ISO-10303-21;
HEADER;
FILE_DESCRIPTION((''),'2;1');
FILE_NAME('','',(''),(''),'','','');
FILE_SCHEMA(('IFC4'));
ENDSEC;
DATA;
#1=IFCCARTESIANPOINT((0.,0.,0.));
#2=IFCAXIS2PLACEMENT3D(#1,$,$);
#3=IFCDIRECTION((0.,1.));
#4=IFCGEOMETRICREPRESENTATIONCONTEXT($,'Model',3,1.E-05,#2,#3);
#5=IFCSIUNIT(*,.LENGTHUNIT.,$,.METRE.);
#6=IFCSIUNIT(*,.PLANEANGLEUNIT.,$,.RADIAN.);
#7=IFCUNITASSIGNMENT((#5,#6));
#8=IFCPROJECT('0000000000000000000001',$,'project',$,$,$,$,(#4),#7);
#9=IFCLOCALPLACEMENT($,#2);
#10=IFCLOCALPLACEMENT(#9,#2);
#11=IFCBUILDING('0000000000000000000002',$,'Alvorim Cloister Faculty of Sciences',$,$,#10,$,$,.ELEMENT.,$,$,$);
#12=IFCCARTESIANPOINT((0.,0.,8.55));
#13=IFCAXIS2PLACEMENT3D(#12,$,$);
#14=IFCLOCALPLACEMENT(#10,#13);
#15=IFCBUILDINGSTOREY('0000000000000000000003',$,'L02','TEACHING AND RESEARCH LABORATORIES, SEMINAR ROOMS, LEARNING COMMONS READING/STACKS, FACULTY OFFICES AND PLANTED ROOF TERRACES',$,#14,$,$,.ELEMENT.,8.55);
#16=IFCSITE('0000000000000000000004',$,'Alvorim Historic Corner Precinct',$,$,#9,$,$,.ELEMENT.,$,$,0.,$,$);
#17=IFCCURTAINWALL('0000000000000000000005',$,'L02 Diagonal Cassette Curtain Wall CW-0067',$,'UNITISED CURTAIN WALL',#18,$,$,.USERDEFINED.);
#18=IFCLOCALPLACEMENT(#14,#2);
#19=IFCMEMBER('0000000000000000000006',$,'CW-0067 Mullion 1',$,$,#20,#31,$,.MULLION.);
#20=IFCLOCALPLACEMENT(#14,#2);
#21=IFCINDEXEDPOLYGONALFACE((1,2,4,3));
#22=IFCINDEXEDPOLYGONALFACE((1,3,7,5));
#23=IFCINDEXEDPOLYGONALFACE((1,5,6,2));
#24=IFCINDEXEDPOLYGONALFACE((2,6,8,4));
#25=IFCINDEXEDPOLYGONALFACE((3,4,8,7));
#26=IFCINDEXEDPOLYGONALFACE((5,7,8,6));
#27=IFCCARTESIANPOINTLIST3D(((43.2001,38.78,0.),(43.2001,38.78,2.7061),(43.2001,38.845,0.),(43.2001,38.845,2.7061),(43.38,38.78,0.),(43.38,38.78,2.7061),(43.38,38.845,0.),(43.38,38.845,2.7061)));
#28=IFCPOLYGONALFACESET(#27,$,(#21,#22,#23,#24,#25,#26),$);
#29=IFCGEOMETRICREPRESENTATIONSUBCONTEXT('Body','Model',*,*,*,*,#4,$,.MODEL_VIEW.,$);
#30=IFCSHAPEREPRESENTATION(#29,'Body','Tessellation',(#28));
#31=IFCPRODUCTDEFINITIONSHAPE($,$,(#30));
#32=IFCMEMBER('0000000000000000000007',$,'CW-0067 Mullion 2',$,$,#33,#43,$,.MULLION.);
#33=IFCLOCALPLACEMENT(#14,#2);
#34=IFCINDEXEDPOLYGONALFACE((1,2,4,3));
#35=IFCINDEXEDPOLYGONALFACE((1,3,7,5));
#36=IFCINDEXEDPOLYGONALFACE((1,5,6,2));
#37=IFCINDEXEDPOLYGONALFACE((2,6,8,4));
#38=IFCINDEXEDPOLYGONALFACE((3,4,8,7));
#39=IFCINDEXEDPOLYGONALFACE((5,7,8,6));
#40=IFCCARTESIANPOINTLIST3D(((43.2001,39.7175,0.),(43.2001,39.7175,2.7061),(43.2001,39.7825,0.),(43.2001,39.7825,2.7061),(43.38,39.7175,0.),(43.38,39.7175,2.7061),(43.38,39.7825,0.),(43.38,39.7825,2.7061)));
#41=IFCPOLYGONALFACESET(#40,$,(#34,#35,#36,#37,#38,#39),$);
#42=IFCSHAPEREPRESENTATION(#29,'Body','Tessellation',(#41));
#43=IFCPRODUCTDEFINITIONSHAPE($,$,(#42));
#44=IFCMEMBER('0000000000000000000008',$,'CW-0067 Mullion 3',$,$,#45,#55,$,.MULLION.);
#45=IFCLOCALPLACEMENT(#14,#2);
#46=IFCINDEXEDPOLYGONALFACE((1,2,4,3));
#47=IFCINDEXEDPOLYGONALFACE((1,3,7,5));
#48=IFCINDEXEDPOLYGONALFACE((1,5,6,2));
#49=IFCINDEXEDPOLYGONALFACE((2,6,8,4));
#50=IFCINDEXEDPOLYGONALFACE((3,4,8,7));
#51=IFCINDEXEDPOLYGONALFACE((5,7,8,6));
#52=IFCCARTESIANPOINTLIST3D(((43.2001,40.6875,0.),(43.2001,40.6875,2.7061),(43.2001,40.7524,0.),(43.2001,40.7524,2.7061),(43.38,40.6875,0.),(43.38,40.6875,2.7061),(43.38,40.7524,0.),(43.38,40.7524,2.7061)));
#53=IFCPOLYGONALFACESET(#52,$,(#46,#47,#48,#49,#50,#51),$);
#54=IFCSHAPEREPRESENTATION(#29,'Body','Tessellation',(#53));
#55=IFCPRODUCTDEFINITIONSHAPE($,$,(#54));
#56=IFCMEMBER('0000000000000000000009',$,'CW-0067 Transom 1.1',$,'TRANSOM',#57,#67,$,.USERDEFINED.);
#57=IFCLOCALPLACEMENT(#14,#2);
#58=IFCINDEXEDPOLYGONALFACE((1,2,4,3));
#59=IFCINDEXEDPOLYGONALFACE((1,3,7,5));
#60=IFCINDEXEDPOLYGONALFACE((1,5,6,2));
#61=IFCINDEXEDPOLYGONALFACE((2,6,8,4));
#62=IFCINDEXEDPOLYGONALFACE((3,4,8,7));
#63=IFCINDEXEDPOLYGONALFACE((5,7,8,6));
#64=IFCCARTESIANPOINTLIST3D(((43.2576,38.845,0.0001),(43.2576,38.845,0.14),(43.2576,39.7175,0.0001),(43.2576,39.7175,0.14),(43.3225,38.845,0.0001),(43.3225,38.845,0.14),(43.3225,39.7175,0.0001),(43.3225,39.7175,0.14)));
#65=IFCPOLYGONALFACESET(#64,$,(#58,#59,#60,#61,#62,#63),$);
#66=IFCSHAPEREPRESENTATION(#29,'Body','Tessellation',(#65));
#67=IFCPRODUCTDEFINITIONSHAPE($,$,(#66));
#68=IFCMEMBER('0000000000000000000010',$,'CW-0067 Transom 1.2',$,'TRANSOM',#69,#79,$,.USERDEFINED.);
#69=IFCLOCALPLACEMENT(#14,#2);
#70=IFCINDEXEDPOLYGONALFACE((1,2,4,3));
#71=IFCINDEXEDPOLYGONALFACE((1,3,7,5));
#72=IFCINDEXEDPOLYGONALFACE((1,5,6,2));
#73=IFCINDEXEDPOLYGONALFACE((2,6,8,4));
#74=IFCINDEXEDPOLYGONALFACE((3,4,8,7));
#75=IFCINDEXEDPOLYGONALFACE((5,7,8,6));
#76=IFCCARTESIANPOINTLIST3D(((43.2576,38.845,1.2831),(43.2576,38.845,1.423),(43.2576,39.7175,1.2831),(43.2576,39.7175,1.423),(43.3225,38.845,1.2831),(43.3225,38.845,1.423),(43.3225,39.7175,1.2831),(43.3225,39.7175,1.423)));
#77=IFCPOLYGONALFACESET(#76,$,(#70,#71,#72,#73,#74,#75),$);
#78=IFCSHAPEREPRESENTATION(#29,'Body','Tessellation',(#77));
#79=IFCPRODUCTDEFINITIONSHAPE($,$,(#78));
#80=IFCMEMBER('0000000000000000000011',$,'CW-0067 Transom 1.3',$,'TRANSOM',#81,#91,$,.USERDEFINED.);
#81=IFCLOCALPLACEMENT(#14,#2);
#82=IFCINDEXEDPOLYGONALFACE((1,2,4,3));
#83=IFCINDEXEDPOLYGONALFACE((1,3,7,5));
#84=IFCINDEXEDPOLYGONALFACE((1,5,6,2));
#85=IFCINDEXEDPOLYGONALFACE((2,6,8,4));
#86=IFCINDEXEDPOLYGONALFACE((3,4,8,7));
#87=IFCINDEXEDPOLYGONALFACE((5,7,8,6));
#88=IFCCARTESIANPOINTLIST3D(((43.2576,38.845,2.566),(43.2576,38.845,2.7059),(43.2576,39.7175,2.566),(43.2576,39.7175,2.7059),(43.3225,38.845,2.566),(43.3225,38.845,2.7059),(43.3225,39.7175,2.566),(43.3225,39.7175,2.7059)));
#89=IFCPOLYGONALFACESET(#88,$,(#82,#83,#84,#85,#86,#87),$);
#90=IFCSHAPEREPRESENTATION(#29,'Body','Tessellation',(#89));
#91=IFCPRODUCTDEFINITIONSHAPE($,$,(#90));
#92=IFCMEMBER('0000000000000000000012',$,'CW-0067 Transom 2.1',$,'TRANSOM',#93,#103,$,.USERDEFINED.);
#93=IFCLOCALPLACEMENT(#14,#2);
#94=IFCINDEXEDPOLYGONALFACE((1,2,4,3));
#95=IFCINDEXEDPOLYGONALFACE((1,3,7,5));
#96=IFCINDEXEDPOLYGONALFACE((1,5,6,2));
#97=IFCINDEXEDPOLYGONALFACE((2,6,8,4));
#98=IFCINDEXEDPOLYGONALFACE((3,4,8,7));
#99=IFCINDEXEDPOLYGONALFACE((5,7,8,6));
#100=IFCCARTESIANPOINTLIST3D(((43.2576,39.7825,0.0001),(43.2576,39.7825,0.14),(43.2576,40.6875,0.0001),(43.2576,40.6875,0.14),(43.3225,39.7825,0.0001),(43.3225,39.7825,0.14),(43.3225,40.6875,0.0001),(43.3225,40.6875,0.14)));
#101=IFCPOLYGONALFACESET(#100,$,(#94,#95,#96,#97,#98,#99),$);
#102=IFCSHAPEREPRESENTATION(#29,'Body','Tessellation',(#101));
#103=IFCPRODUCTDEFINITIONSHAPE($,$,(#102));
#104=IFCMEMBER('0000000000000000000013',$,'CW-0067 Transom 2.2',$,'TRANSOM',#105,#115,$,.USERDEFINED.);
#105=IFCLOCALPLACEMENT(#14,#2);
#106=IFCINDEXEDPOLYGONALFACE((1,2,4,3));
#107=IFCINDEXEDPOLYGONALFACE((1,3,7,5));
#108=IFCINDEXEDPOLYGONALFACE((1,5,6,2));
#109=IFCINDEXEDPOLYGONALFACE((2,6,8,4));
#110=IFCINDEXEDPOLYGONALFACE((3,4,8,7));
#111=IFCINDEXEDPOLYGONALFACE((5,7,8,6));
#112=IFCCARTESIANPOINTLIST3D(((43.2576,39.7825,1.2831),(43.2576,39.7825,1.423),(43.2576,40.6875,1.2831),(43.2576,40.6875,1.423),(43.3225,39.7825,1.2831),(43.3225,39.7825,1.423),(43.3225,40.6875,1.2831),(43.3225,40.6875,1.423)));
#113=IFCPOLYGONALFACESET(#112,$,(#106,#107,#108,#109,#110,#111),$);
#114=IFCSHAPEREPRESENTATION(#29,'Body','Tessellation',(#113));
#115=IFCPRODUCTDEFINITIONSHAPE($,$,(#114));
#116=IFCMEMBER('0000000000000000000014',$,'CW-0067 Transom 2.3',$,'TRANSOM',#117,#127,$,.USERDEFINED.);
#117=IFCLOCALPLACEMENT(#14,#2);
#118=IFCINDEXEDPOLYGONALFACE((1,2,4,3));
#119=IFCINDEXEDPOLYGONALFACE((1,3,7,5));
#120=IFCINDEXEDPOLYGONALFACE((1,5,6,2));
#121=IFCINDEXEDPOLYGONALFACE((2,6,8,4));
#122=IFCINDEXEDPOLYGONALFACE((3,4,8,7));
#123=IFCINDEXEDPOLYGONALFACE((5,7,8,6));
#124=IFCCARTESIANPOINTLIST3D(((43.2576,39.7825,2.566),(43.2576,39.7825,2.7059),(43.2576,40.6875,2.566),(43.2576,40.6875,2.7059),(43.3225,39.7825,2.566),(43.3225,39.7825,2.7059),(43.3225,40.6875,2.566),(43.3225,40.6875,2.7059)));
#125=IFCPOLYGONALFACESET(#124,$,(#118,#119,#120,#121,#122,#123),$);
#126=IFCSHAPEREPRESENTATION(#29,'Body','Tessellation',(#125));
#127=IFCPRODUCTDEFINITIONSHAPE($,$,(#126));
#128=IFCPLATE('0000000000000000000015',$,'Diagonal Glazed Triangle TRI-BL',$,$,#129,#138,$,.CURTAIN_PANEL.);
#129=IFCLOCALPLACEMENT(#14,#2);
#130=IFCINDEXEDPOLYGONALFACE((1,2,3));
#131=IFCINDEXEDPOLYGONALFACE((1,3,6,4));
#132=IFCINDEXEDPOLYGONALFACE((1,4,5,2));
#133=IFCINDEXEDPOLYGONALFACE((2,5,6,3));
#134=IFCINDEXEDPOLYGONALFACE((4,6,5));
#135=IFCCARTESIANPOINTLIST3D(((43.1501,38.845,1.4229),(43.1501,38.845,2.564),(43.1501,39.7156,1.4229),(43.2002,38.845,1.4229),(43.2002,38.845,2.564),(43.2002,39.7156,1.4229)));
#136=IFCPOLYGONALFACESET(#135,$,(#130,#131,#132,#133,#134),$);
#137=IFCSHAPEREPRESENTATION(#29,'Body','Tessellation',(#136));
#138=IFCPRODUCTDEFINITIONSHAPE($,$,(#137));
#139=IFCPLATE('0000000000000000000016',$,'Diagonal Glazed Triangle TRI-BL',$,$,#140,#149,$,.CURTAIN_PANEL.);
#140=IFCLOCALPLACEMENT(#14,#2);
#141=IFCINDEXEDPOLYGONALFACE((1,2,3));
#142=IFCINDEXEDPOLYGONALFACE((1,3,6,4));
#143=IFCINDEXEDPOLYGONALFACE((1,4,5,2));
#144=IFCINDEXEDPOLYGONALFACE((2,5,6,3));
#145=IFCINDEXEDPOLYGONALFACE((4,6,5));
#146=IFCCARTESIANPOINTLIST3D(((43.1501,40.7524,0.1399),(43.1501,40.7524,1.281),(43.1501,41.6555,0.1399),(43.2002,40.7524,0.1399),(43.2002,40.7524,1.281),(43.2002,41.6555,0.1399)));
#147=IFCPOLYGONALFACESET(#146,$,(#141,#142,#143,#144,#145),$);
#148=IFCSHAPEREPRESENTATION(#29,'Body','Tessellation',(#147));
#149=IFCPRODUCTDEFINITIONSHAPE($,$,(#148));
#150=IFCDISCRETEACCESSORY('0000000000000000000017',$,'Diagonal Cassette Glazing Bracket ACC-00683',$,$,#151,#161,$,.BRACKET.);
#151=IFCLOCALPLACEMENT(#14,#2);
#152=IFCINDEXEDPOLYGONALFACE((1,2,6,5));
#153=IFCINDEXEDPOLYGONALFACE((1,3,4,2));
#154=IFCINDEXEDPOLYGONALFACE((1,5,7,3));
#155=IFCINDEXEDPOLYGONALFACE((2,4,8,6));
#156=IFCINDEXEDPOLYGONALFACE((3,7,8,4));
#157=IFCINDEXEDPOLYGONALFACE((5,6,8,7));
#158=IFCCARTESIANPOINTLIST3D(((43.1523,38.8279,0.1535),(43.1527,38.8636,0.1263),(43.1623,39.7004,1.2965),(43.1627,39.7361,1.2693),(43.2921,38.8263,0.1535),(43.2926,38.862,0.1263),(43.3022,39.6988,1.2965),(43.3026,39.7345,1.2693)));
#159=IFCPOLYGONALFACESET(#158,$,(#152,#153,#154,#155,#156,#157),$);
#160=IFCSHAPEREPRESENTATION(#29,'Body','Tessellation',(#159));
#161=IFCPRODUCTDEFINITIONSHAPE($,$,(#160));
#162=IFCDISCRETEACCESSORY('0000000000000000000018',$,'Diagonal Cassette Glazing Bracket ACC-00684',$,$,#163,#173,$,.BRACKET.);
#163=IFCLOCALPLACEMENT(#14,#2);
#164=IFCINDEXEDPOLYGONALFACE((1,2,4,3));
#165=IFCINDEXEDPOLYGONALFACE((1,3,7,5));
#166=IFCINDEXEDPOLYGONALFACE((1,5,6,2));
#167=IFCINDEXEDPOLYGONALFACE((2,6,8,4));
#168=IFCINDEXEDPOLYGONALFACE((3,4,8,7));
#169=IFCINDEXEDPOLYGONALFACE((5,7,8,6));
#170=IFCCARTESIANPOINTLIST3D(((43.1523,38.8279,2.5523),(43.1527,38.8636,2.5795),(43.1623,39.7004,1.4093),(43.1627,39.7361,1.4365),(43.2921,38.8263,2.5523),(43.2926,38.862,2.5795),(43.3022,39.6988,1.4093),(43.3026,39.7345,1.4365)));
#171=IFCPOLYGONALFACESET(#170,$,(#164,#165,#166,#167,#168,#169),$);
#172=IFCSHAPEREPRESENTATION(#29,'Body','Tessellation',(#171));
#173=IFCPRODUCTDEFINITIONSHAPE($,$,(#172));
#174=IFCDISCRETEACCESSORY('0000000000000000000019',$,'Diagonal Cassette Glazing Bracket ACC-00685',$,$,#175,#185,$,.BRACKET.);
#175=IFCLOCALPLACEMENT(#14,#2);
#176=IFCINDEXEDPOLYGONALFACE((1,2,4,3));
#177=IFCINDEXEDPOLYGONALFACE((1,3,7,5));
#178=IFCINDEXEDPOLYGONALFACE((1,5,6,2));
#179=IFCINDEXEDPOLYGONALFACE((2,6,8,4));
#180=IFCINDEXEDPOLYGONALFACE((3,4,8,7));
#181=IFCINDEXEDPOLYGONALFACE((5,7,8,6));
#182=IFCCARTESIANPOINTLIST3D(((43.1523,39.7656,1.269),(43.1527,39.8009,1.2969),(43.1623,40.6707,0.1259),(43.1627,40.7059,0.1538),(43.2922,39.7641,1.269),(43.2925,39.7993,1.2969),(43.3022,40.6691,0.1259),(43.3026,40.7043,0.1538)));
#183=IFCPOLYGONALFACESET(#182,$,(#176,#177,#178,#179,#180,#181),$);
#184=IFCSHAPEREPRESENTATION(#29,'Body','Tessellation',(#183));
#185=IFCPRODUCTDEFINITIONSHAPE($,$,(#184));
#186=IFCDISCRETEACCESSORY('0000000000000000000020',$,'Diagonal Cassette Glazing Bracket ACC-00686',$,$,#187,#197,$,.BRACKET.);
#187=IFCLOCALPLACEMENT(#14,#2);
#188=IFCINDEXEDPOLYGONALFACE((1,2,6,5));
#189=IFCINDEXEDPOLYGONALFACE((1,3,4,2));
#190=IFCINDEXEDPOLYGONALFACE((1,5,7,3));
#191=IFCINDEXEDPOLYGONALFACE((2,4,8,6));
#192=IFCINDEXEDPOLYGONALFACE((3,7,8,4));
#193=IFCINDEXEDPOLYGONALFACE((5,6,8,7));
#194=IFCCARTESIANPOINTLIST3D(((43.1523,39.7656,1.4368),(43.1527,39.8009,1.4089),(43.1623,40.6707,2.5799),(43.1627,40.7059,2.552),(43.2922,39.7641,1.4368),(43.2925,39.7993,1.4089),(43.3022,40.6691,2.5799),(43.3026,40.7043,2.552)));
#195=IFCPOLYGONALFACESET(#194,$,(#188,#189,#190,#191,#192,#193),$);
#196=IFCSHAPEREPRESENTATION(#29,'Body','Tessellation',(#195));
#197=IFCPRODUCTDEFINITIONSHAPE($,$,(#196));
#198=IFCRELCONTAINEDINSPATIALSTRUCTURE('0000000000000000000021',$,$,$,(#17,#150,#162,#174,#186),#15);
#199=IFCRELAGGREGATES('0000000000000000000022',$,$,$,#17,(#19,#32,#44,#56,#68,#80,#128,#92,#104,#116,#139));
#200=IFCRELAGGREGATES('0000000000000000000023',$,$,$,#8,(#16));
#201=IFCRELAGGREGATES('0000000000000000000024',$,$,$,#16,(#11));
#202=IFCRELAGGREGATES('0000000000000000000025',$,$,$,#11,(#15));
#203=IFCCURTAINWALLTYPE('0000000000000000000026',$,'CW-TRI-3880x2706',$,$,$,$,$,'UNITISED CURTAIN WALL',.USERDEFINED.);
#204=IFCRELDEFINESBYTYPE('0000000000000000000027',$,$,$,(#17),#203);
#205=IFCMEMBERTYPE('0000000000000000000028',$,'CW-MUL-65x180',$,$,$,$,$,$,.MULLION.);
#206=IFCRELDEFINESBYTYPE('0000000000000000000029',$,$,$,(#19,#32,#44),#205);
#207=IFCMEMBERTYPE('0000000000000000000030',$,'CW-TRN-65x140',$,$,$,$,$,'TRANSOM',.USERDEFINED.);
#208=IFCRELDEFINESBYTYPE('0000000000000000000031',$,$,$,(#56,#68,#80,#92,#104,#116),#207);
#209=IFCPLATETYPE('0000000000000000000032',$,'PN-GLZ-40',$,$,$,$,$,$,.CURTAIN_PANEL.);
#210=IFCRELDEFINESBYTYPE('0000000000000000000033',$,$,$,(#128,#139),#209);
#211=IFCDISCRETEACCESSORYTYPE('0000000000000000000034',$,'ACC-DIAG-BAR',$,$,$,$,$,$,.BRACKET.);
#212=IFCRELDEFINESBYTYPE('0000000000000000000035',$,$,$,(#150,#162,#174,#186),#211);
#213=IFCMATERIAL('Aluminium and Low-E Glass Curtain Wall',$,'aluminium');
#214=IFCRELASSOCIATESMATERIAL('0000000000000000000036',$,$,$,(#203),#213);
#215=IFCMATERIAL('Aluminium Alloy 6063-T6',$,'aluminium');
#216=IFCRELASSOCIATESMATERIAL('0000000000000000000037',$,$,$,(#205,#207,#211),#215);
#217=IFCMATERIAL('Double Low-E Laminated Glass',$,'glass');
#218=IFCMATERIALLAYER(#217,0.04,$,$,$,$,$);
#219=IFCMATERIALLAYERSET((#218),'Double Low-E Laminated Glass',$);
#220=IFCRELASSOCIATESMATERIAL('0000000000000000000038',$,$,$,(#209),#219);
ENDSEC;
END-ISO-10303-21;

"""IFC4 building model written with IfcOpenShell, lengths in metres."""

from ifc_helpers import new_model, si_unit, direction, frame, origin, origin_2d, place, context, subcontext, project, spatial, polyline, rectangle, outline, extrude, material, layer, layer_set, material_profile, profile_set, type_object, element, aggregate, save


model = new_model("IFC4")

# Units and contexts
model_context = context("Model", 3, precision=1e-05, world=origin(), true_north=direction((0.0, 1.0)))
body_context = subcontext(model_context, "Body", "Model", "MODEL_VIEW")
ifc_project = project(units=[si_unit("LENGTHUNIT", "METRE"), si_unit("PLANEANGLEUNIT", "RADIAN")], contexts=[model_context])

# Site, building, storey
site_placement = place(None, origin())
site = spatial("IfcSite", under=ifc_project, at=site_placement, Name="Alvorim Historic Corner Precinct", CompositionType="ELEMENT", RefElevation=0.0)
building_placement = place(site_placement, origin())
building = spatial("IfcBuilding", under=site, at=building_placement, Name="Alvorim Cloister Faculty of Sciences", CompositionType="ELEMENT")
storey_placement = place(building_placement, frame((0.0, 0.0, 8.55)))
storey = spatial("IfcBuildingStorey", under=building, at=storey_placement, Name="L02", Description="TEACHING AND RESEARCH LABORATORIES, SEMINAR ROOMS, LEARNING COMMONS READING/STACKS, FACULTY OFFICES AND PLANTED ROOF TERRACES", CompositionType="ELEMENT", Elevation=8.55)

# Curtain wall, members, plates
ifc_material_1 = material(Name="Aluminium and Low-E Glass Curtain Wall", Category="aluminium")
curtain_wall_type = type_object("IfcCurtainWallType", Name="CW-TRI-3880x2706", ElementType="UNITISED CURTAIN WALL", PredefinedType="USERDEFINED", material=ifc_material_1)
curtain_wall_placement = place(storey_placement, origin())
curtain_wall = element("IfcCurtainWall", 1, at=curtain_wall_placement, inside=storey, type_object=curtain_wall_type, Name="L02 Diagonal Cassette Curtain Wall CW-0067", ObjectType="UNITISED CURTAIN WALL", PredefinedType="USERDEFINED")
ifc_material_2 = material(Name="Aluminium Alloy 6063-T6", Category="aluminium")
ifc_material_profile_1 = material_profile(ifc_material_2, rectangle(XDim=0.0649, YDim=0.1799, at=origin_2d()), Name="ALU-MUL-65x180")
ifc_profile_set_1 = profile_set([ifc_material_profile_1], Name="Aluminium Alloy 6063-T6")
member_type_1 = type_object("IfcMemberType", Name="CW-MUL-65x180", PredefinedType="MULLION", material=ifc_profile_set_1)
member_1_placement = place(storey_placement, frame((43.29, 38.8125, 0.0), z_axis=(0.0, 0.0, 1.0), x_axis=(0.0, 1.0, 0.0)))
member_1 = element("IfcMember", 2, at=member_1_placement, type_object=member_type_1, Name="CW-0067 Mullion 1", PredefinedType="MULLION", context=body_context, shape_type="SweptSolid", body=[
    extrude(rectangle(XDim=0.0649, YDim=0.1799, at=origin_2d()), origin(), (0.0, 0.0, 1.0), 2.7061),
])
member_2_placement = place(storey_placement, frame((43.29, 39.75, 0.0), z_axis=(0.0, 0.0, 1.0), x_axis=(0.0, 1.0, 0.0)))
member_2 = element("IfcMember", 3, at=member_2_placement, type_object=member_type_1, Name="CW-0067 Mullion 2", PredefinedType="MULLION", context=body_context, shape_type="SweptSolid", body=[
    extrude(rectangle(XDim=0.0649, YDim=0.1799, at=origin_2d()), origin(), (0.0, 0.0, 1.0), 2.7061),
])
member_3_placement = place(storey_placement, frame((43.29, 40.72, 0.0), z_axis=(0.0, 0.0, 1.0), x_axis=(0.0, 1.0, 0.0)))
member_3 = element("IfcMember", 4, at=member_3_placement, type_object=member_type_1, Name="CW-0067 Mullion 3", PredefinedType="MULLION", context=body_context, shape_type="SweptSolid", body=[
    extrude(rectangle(XDim=0.0649, YDim=0.1799, at=origin_2d()), origin(), (0.0, 0.0, 1.0), 2.7061),
])
ifc_material_profile_2 = material_profile(ifc_material_2, rectangle(XDim=0.0649, YDim=0.1399, at=origin_2d()), Name="ALU-TRN-65x140")
ifc_profile_set_2 = profile_set([ifc_material_profile_2], Name="Aluminium Alloy 6063-T6")
member_type_2 = type_object("IfcMemberType", Name="CW-TRN-65x140", ElementType="TRANSOM", PredefinedType="USERDEFINED", material=ifc_profile_set_2)
member_4_placement = place(storey_placement, frame((43.29, 38.845, 0.0701), z_axis=(0.0, 1.0, 0.0), x_axis=(-1.0, 0.0, 0.0)))
member_4 = element("IfcMember", 5, at=member_4_placement, type_object=member_type_2, Name="CW-0067 Transom 1.1", ObjectType="TRANSOM", PredefinedType="USERDEFINED", context=body_context, shape_type="SweptSolid", body=[
    extrude(rectangle(XDim=0.0649, YDim=0.1399, at=origin_2d()), origin(), (0.0, 0.0, 1.0), 0.8726),
])
member_5_placement = place(storey_placement, frame((43.29, 38.845, 1.353), z_axis=(0.0, 1.0, 0.0), x_axis=(-1.0, 0.0, 0.0)))
member_5 = element("IfcMember", 6, at=member_5_placement, type_object=member_type_2, Name="CW-0067 Transom 1.2", ObjectType="TRANSOM", PredefinedType="USERDEFINED", context=body_context, shape_type="SweptSolid", body=[
    extrude(rectangle(XDim=0.0649, YDim=0.1399, at=origin_2d()), origin(), (0.0, 0.0, 1.0), 0.8726),
])
member_6_placement = place(storey_placement, frame((43.29, 38.845, 2.636), z_axis=(0.0, 1.0, 0.0), x_axis=(-1.0, 0.0, 0.0)))
member_6 = element("IfcMember", 7, at=member_6_placement, type_object=member_type_2, Name="CW-0067 Transom 1.3", ObjectType="TRANSOM", PredefinedType="USERDEFINED", context=body_context, shape_type="SweptSolid", body=[
    extrude(rectangle(XDim=0.0649, YDim=0.1399, at=origin_2d()), origin(), (0.0, 0.0, 1.0), 0.8726),
])
member_7_placement = place(storey_placement, frame((43.29, 39.7825, 0.0701), z_axis=(0.0, 1.0, 0.0), x_axis=(-1.0, 0.0, 0.0)))
member_7 = element("IfcMember", 8, at=member_7_placement, type_object=member_type_2, Name="CW-0067 Transom 2.1", ObjectType="TRANSOM", PredefinedType="USERDEFINED", context=body_context, shape_type="SweptSolid", body=[
    extrude(rectangle(XDim=0.0649, YDim=0.1399, at=origin_2d()), origin(), (0.0, 0.0, 1.0), 0.905),
])
member_8_placement = place(storey_placement, frame((43.29, 39.7825, 1.353), z_axis=(0.0, 1.0, 0.0), x_axis=(-1.0, 0.0, 0.0)))
member_8 = element("IfcMember", 9, at=member_8_placement, type_object=member_type_2, Name="CW-0067 Transom 2.2", ObjectType="TRANSOM", PredefinedType="USERDEFINED", context=body_context, shape_type="SweptSolid", body=[
    extrude(rectangle(XDim=0.0649, YDim=0.1399, at=origin_2d()), origin(), (0.0, 0.0, 1.0), 0.905),
])
member_9_placement = place(storey_placement, frame((43.29, 39.7825, 2.636), z_axis=(0.0, 1.0, 0.0), x_axis=(-1.0, 0.0, 0.0)))
member_9 = element("IfcMember", 10, at=member_9_placement, type_object=member_type_2, Name="CW-0067 Transom 2.3", ObjectType="TRANSOM", PredefinedType="USERDEFINED", context=body_context, shape_type="SweptSolid", body=[
    extrude(rectangle(XDim=0.0649, YDim=0.1399, at=origin_2d()), origin(), (0.0, 0.0, 1.0), 0.905),
])
ifc_material_3 = material(Name="Double Low-E Laminated Glass", Category="glass")
ifc_layer = layer(ifc_material_3, 0.04)
ifc_layer_set = layer_set([ifc_layer], Name="Double Low-E Laminated Glass")
plate_type = type_object("IfcPlateType", Name="PN-GLZ-40", PredefinedType="CURTAIN_PANEL", material=ifc_layer_set)
plate_1_placement = place(storey_placement, frame((43.175, 38.845, 1.4229), z_axis=(0.0, 0.0, 1.0), x_axis=(0.0, 1.0, 0.0)))
plate_1 = element("IfcPlate", 11, at=plate_1_placement, type_object=plate_type, Name="Diagonal Glazed Triangle TRI-BL", PredefinedType="CURTAIN_PANEL", context=body_context, shape_type="SweptSolid", body=[
    extrude(outline(polyline([(0.0, 0.0), (0.8706, 0.0), (0.0, 1.1411), (0.0, 0.0)])), frame((0.0, 0.0249, 0.0), z_axis=(0.0, -1.0, 0.0), x_axis=(1.0, 0.0, 0.0)), (0.0, 0.0, 1.0), 0.05),
])
plate_2_placement = place(storey_placement, frame((43.175, 40.7524, 0.1399), z_axis=(0.0, 0.0, 1.0), x_axis=(0.0, 1.0, 0.0)))
plate_2 = element("IfcPlate", 12, at=plate_2_placement, type_object=plate_type, Name="Diagonal Glazed Triangle TRI-BL", PredefinedType="CURTAIN_PANEL", context=body_context, shape_type="SweptSolid", body=[
    extrude(outline(polyline([(0.0, 0.0), (0.9031, 0.0), (0.0, 1.1411), (0.0, 0.0)])), frame((0.0, 0.0249, 0.0), z_axis=(0.0, -1.0, 0.0), x_axis=(1.0, 0.0, 0.0)), (0.0, 0.0, 1.0), 0.05),
])
aggregate(curtain_wall, [member_1, member_2, member_3, member_4, member_5, member_6, plate_1, member_7, member_8, member_9, plate_2])

# Discrete accessories
discrete_accessory_type = type_object("IfcDiscreteAccessoryType", Name="ACC-DIAG-BAR", PredefinedType="BRACKET", material=ifc_material_2)
for number, where, z_axis, x_axis, name in (
    (13, (43.2224, 38.845, 0.1399), (0.006961, 0.606755, 0.794859), (-0.999934, 0.011471, 0.0), "Diagonal Cassette Glazing Bracket ACC-00683"),
    (14, (43.2224, 38.845, 2.5659), (0.006961, 0.606755, -0.794859), (-0.999934, 0.011471, 0.0), "Diagonal Cassette Glazing Bracket ACC-00684"),
):
    element("IfcDiscreteAccessory", number, at=place(storey_placement, frame(where, z_axis=z_axis, x_axis=x_axis)), inside=storey, type_object=discrete_accessory_type, Name=name, PredefinedType="BRACKET", context=body_context, shape_type="SweptSolid", body=[
        extrude(rectangle(XDim=0.1399, YDim=0.0449, at=origin_2d()), origin(), (0.0, 0.0, 1.0), 1.438),
    ])
for number, where, z_axis, x_axis, name in (
    (15, (43.2224, 39.7825, 1.283), (0.006865, 0.620731, -0.783993), (-0.999939, 0.011059, 0.0), "Diagonal Cassette Glazing Bracket ACC-00685"),
    (16, (43.2224, 39.7825, 1.4229), (0.006865, 0.620731, 0.783993), (-0.999939, 0.011059, 0.0), "Diagonal Cassette Glazing Bracket ACC-00686"),
):
    element("IfcDiscreteAccessory", number, at=place(storey_placement, frame(where, z_axis=z_axis, x_axis=x_axis)), inside=storey, type_object=discrete_accessory_type, Name=name, PredefinedType="BRACKET", context=body_context, shape_type="SweptSolid", body=[
        extrude(rectangle(XDim=0.1399, YDim=0.0449, at=origin_2d()), origin(), (0.0, 0.0, 1.0), 1.458),
    ])

save(model, "model.ifc")
